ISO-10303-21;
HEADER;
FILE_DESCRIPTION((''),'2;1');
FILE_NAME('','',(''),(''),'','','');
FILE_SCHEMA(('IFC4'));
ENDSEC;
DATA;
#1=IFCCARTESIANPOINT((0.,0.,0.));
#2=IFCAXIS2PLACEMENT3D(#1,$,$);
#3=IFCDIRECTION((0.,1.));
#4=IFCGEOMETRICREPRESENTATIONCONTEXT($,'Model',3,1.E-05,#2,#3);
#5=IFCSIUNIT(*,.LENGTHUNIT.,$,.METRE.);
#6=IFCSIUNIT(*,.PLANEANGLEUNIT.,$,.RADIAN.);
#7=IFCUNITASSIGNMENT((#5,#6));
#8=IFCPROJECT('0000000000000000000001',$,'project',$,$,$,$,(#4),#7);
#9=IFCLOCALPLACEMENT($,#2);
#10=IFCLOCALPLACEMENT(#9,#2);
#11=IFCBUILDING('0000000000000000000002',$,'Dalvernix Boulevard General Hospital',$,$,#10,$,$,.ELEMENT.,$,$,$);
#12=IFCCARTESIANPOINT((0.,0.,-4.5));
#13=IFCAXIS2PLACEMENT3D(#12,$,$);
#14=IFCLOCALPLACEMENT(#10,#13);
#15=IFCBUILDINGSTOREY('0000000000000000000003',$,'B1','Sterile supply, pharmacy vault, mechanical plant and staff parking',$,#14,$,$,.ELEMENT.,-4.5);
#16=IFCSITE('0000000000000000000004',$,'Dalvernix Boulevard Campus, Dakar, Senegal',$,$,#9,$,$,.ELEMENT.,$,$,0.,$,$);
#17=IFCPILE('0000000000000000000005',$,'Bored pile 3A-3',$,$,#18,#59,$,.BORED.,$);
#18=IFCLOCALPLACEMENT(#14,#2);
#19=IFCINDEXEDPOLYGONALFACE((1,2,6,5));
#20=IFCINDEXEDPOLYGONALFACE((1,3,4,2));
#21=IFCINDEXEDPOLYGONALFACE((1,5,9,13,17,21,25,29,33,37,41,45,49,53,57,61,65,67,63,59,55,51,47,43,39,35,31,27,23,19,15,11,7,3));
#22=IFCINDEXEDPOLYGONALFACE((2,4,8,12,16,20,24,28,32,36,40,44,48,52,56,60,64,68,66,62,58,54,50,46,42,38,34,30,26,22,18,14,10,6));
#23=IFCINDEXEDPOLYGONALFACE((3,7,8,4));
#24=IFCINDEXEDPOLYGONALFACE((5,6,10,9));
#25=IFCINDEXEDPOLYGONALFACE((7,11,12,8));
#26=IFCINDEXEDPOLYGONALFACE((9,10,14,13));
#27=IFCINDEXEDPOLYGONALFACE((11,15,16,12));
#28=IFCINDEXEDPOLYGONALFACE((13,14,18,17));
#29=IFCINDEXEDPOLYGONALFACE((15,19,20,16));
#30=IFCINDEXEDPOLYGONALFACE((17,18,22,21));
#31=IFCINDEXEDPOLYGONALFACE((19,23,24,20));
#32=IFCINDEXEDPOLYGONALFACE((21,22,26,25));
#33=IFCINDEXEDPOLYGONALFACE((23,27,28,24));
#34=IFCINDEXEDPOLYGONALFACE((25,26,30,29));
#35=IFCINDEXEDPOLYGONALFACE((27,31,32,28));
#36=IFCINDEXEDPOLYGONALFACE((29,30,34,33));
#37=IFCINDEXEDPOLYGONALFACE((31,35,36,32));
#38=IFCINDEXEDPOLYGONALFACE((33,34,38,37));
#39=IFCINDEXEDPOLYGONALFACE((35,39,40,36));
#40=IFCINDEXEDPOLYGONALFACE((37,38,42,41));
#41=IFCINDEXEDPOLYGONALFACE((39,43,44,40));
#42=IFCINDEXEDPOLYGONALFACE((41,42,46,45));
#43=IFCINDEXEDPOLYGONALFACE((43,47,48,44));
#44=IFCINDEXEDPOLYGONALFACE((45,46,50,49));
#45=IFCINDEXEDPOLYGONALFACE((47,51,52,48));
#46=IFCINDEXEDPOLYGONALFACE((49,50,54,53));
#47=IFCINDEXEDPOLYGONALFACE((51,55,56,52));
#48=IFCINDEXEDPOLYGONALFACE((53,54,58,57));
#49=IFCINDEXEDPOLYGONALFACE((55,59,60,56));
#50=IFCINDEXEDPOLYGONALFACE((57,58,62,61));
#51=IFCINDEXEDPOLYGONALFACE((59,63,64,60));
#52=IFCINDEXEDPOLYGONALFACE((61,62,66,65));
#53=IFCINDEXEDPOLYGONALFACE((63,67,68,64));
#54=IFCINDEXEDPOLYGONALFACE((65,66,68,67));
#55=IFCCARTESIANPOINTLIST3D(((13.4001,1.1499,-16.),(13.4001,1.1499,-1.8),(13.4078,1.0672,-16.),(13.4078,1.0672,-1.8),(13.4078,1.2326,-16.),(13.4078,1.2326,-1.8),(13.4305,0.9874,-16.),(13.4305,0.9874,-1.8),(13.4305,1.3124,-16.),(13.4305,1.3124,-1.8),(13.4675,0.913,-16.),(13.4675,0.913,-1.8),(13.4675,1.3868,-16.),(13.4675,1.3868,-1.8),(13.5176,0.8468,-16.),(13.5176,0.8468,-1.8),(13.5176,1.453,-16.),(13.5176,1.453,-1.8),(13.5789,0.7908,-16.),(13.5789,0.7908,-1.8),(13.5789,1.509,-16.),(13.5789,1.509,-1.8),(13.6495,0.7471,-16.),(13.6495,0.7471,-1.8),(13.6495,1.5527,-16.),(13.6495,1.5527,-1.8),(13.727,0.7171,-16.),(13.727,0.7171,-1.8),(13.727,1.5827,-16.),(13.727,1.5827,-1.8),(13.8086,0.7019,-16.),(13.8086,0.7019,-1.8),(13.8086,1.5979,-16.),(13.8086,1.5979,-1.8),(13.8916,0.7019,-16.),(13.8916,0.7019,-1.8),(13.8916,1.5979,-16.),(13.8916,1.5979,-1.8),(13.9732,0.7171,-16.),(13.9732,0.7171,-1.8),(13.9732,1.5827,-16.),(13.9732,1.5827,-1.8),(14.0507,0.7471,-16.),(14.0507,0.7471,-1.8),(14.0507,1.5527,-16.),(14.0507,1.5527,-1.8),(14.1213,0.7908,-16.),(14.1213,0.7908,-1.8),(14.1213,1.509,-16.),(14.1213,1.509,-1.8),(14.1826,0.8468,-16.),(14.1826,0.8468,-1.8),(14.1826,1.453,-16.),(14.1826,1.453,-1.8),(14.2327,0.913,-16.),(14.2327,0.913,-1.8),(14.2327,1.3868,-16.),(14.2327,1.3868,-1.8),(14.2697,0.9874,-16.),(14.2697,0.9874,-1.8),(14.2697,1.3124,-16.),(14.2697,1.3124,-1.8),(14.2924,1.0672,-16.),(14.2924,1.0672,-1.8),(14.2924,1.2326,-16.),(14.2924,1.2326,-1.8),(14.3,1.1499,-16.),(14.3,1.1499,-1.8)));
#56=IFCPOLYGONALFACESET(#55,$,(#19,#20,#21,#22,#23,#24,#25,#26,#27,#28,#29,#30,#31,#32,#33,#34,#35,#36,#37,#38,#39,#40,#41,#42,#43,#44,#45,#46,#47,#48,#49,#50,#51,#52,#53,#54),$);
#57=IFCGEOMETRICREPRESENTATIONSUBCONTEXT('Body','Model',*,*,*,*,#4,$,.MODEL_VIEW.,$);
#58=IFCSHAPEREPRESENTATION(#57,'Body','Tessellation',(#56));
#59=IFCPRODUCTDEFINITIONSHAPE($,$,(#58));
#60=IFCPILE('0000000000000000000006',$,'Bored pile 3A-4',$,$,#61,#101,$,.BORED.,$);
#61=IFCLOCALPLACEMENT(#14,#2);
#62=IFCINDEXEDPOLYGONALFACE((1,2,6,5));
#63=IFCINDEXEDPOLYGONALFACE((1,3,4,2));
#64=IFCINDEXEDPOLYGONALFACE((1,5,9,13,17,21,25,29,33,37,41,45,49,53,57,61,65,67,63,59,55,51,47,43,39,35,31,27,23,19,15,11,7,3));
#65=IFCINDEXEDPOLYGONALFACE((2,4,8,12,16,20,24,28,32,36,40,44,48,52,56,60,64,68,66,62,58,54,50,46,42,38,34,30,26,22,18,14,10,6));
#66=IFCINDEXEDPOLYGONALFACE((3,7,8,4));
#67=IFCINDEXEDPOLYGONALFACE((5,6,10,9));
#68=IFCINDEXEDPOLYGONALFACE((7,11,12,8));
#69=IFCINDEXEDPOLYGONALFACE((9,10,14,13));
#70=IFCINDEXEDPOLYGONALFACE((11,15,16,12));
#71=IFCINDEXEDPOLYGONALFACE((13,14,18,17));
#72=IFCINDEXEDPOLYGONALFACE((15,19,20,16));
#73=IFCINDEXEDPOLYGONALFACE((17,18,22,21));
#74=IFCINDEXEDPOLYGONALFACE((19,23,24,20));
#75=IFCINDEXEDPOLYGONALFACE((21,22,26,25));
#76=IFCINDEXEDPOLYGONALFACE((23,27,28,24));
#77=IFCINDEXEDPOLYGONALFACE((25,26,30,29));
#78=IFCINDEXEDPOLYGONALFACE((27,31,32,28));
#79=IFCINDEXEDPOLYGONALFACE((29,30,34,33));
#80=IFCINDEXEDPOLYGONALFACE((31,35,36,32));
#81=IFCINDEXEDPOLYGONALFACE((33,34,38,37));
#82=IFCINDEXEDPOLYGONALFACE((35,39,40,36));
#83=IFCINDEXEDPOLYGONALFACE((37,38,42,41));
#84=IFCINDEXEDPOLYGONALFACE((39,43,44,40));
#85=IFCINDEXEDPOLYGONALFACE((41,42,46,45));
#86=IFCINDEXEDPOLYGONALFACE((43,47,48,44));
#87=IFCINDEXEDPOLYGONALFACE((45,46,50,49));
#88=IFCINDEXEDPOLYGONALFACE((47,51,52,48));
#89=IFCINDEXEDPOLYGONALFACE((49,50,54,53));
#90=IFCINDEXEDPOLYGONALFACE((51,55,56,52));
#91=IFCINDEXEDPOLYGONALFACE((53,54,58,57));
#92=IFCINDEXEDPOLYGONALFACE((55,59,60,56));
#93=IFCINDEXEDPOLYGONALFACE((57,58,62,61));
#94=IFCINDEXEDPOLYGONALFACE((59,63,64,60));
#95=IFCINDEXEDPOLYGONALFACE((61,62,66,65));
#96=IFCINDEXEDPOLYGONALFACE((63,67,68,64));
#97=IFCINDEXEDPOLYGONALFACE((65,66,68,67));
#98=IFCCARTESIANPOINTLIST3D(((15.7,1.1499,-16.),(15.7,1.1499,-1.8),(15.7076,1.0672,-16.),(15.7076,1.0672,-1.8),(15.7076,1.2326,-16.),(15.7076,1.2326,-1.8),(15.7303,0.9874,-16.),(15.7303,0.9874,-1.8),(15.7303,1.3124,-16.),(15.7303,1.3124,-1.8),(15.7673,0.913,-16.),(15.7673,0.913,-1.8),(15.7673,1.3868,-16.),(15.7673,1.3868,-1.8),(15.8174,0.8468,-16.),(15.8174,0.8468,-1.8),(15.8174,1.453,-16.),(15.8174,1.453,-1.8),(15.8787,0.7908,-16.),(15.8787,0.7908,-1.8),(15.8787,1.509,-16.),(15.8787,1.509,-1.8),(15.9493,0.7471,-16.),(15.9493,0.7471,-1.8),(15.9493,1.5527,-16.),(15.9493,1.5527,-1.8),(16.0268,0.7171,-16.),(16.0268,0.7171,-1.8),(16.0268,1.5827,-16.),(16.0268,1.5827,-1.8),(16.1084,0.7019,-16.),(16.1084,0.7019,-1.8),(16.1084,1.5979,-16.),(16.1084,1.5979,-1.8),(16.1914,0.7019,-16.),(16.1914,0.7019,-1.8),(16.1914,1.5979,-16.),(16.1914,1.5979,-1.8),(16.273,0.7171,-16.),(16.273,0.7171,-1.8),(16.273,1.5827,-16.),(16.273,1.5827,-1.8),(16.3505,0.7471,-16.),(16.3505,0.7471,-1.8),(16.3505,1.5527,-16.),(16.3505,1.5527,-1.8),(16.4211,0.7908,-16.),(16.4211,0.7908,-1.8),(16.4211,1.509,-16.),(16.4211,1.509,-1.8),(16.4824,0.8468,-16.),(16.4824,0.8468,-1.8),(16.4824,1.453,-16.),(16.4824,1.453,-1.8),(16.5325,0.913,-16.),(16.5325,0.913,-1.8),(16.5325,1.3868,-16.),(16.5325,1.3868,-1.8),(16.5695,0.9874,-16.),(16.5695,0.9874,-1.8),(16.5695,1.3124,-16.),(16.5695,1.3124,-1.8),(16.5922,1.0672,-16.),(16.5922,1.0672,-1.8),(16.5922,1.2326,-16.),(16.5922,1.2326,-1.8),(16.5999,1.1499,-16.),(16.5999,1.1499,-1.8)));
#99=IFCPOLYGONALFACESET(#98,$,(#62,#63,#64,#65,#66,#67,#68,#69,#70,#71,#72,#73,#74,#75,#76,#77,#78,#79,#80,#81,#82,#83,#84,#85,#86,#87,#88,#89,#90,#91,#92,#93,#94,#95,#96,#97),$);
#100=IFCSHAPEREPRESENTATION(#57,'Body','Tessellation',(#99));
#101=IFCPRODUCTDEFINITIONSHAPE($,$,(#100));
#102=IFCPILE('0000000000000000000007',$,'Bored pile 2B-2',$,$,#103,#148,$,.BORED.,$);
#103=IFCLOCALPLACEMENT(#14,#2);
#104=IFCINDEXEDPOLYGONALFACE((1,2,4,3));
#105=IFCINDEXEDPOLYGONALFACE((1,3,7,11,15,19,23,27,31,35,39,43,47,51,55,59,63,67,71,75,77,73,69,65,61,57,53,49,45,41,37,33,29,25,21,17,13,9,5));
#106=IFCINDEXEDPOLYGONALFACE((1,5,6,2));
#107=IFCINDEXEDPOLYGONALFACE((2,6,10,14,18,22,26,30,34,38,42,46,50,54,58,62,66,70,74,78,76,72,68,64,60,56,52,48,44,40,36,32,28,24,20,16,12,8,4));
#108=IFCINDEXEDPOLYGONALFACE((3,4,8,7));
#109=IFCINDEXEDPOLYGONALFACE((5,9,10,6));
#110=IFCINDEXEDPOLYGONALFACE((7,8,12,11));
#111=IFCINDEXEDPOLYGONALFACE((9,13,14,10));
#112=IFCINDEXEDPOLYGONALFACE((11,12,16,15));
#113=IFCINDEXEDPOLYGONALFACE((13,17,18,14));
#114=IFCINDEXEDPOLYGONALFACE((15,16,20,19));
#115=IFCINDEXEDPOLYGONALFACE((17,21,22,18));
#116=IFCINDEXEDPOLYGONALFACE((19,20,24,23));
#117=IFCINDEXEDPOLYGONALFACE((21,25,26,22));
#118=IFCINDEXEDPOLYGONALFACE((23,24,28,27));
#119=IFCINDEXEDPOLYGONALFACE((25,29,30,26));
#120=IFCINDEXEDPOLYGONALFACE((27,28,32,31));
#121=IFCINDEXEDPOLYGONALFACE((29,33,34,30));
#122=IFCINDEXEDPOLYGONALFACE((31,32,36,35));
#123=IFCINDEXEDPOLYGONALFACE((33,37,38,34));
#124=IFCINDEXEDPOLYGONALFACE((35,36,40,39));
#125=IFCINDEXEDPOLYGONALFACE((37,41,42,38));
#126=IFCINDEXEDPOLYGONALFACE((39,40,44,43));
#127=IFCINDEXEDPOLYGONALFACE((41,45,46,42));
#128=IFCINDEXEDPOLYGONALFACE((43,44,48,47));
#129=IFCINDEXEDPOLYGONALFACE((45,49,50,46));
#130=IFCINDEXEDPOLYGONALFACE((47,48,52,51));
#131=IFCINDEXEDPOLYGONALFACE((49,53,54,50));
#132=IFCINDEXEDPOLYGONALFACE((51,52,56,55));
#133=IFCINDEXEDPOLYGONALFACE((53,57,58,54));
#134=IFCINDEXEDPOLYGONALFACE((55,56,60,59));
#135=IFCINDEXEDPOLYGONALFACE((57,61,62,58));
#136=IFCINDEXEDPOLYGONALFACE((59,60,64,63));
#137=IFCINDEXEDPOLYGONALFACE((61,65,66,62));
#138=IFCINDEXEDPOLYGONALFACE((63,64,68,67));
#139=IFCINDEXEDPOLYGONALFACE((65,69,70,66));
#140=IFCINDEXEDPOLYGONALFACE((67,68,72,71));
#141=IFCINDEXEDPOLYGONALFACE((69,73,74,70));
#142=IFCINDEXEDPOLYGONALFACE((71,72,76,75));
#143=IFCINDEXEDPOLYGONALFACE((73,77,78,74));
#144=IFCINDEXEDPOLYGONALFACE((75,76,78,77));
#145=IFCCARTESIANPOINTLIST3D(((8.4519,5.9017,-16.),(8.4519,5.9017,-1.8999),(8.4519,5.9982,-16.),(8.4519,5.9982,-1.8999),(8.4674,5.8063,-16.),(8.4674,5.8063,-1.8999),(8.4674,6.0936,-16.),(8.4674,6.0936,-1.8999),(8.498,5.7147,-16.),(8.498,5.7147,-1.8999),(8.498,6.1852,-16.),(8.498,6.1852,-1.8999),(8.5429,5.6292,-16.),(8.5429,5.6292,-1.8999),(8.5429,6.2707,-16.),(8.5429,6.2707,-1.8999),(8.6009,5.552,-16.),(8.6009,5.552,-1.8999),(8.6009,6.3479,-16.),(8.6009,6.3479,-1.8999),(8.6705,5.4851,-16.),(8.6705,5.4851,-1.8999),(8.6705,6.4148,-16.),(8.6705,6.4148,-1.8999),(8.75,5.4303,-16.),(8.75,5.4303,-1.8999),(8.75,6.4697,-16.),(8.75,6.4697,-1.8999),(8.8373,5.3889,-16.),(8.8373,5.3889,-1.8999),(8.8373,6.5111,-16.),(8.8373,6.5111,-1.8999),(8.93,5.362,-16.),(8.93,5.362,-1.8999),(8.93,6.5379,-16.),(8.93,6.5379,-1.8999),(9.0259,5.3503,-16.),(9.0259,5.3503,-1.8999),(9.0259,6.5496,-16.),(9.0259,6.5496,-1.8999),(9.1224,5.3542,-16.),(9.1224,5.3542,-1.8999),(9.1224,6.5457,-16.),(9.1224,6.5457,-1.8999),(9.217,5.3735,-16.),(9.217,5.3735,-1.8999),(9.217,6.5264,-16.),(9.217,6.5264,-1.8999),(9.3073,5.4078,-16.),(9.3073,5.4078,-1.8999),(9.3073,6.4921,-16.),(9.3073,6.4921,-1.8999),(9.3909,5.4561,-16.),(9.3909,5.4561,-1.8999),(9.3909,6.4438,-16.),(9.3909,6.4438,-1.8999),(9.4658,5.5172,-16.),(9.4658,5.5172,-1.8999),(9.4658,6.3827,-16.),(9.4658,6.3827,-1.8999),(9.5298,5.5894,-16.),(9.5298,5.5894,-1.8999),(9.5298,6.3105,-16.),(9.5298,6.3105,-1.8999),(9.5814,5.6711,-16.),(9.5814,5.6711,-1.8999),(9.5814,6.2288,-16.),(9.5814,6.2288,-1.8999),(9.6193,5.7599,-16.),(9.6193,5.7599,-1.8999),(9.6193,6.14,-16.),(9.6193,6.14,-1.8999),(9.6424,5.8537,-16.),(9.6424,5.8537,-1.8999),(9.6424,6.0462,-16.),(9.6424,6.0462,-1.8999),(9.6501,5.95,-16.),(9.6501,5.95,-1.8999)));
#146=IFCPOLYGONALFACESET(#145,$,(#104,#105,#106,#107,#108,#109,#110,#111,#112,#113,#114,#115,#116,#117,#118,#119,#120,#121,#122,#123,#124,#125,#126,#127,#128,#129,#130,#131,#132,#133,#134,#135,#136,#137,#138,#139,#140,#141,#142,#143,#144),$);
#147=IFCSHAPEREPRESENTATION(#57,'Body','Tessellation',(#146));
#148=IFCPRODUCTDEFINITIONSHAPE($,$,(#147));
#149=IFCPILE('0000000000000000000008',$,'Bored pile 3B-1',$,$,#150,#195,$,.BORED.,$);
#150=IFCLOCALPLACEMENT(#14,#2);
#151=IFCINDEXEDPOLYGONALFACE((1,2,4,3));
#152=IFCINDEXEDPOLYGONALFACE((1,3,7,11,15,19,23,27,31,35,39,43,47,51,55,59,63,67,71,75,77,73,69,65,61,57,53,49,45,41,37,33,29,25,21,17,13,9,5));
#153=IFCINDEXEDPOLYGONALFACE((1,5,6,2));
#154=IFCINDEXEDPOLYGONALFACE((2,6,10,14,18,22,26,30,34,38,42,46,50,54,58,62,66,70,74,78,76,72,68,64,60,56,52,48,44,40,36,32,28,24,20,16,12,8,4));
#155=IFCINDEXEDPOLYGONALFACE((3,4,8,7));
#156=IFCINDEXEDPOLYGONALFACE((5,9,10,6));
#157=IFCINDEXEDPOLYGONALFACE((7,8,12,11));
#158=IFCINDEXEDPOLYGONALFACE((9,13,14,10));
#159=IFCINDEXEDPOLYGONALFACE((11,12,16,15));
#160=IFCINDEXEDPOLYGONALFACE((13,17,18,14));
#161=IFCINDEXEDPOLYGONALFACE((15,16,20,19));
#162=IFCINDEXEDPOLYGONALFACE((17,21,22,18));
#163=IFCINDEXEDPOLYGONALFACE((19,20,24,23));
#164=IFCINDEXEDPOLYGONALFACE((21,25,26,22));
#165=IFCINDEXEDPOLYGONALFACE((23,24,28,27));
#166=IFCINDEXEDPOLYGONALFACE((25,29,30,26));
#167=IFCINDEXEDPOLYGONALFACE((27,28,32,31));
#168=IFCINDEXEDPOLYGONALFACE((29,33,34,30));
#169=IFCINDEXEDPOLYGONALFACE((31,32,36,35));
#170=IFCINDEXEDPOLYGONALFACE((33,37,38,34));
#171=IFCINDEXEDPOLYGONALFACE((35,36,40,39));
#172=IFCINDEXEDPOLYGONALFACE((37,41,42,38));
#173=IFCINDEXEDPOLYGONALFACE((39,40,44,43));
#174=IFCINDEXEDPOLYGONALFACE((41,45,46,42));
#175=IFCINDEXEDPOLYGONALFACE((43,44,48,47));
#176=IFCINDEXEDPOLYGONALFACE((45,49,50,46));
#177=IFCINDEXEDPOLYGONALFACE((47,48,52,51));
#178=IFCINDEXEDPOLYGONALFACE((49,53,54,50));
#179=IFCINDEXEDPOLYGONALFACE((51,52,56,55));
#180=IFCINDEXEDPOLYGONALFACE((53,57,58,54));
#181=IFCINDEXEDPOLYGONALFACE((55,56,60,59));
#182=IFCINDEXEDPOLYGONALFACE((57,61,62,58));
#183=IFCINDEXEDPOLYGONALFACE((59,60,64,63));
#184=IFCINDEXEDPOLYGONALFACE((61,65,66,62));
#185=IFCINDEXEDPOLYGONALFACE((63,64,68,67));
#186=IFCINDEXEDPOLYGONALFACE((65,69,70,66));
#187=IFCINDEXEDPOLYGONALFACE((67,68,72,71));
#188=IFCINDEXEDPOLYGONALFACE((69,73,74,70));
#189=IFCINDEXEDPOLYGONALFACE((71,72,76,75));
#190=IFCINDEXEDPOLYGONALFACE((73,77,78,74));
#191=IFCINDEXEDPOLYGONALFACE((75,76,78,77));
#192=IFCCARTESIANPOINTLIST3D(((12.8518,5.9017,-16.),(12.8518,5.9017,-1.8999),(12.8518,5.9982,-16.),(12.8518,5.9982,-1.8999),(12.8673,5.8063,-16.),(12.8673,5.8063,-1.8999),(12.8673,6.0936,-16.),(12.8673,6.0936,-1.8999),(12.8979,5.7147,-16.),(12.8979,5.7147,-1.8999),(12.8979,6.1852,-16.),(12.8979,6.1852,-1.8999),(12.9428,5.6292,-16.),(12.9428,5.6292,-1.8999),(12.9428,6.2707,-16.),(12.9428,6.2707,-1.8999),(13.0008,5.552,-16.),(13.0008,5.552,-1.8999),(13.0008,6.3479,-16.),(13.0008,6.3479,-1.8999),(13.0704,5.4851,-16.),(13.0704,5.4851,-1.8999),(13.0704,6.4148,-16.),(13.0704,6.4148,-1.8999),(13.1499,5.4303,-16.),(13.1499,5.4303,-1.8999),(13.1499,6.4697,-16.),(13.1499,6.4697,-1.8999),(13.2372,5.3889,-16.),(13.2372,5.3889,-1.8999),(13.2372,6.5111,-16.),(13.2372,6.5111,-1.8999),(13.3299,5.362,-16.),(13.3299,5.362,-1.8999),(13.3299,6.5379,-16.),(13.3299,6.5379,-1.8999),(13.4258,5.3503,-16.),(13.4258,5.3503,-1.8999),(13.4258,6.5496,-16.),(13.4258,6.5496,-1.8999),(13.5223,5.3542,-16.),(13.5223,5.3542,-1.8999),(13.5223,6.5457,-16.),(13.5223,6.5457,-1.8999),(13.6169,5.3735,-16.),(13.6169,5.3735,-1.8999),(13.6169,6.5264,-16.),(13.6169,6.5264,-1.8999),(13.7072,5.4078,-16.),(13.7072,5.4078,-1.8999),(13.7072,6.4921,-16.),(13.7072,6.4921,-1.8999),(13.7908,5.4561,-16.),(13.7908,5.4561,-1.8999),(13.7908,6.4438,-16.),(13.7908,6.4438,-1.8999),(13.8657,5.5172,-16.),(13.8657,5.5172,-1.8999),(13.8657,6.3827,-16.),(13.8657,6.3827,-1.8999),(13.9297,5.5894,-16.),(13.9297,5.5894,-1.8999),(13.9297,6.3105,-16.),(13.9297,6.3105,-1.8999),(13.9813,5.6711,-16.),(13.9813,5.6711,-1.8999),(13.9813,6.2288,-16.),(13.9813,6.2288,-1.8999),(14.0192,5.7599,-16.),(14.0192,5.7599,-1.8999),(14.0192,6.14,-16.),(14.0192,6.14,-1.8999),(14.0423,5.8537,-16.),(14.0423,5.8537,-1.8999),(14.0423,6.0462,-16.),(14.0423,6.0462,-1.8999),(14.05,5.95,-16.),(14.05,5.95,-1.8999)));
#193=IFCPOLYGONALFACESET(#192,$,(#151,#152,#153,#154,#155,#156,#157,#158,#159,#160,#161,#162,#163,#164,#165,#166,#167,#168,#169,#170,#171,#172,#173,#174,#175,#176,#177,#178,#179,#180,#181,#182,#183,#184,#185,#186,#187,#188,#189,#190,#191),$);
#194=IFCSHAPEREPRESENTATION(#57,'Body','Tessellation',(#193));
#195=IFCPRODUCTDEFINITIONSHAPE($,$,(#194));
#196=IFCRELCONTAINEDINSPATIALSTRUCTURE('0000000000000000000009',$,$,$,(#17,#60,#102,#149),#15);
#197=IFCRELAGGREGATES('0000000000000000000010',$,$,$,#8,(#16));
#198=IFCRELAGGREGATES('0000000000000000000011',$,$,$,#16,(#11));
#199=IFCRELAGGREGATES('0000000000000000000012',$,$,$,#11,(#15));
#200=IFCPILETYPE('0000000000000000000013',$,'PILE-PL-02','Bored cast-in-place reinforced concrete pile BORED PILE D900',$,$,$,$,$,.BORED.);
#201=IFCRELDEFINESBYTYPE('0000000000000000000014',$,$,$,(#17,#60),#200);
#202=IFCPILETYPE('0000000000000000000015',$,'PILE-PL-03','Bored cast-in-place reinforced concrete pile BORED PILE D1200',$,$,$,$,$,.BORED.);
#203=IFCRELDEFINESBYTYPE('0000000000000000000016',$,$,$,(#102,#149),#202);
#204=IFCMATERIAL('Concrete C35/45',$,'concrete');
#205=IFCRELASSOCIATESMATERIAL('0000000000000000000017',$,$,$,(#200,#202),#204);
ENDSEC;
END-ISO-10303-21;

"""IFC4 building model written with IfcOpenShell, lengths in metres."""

from ifc_helpers import new_model, si_unit, direction, frame, origin, origin_2d, place, context, subcontext, project, spatial, circle, extrude, material, material_profile, profile_set, type_object, element, save


model = new_model("IFC4")

# Units and contexts
model_context = context("Model", 3, precision=1e-05, world=origin(), true_north=direction((0.0, 1.0)))
body_context = subcontext(model_context, "Body", "Model", "MODEL_VIEW")
ifc_project = project(units=[si_unit("LENGTHUNIT", "METRE"), si_unit("PLANEANGLEUNIT", "RADIAN")], contexts=[model_context])

# Site, building, storey
site_placement = place(None, origin())
site = spatial("IfcSite", under=ifc_project, at=site_placement, Name="Dalvernix Boulevard Campus, Dakar, Senegal", CompositionType="ELEMENT", RefElevation=0.0)
building_placement = place(site_placement, origin())
building = spatial("IfcBuilding", under=site, at=building_placement, Name="Dalvernix Boulevard General Hospital", CompositionType="ELEMENT")
storey_placement = place(building_placement, frame((0.0, 0.0, -4.5)))
storey = spatial("IfcBuildingStorey", under=building, at=storey_placement, Name="B1", Description="Sterile supply, pharmacy vault, mechanical plant and staff parking", CompositionType="ELEMENT", Elevation=-4.5)

# Shared definitions
ifc_material_1 = material(Name="Concrete C35/45", Category="concrete")

# Piles
ifc_material_profile_1 = material_profile(ifc_material_1, circle(Radius=0.45, at=origin_2d()), Name="BORED PILE D900")
ifc_profile_set_1 = profile_set([ifc_material_profile_1], Name="Concrete C35/45")
pile_type_1 = type_object("IfcPileType", Name="PILE-PL-02", Description="Bored cast-in-place reinforced concrete pile BORED PILE D900", PredefinedType="BORED", material=ifc_profile_set_1)
for number, where, z_axis, x_axis, name in (
    (1, (13.8501, 1.1499, -1.8), (0.0, 0.0, -1.0), (1.0, 0.0, 0.0), "Bored pile 3A-3"),
    (2, (16.1499, 1.1499, -1.8), (0.0, 0.0, -1.0), (1.0, 0.0, 0.0), "Bored pile 3A-4"),
):
    element("IfcPile", number, at=place(storey_placement, frame(where, z_axis=z_axis, x_axis=x_axis)), inside=storey, type_object=pile_type_1, Name=name, PredefinedType="BORED", context=body_context, shape_type="SweptSolid", body=[
        extrude(circle(Radius=0.45, at=origin_2d()), origin(), (0.0, 0.0, 1.0), 14.2),
    ])
ifc_material_profile_2 = material_profile(ifc_material_1, circle(Radius=0.6001, at=origin_2d()), Name="BORED PILE D1200")
ifc_profile_set_2 = profile_set([ifc_material_profile_2], Name="Concrete C35/45")
pile_type_2 = type_object("IfcPileType", Name="PILE-PL-03", Description="Bored cast-in-place reinforced concrete pile BORED PILE D1200", PredefinedType="BORED", material=ifc_profile_set_2)
for number, where, z_axis, x_axis, name in (
    (3, (9.05, 5.95, -1.8999), (0.0, 0.0, -1.0), (1.0, 0.0, 0.0), "Bored pile 2B-2"),
    (4, (13.45, 5.95, -1.8999), (0.0, 0.0, -1.0), (1.0, 0.0, 0.0), "Bored pile 3B-1"),
):
    element("IfcPile", number, at=place(storey_placement, frame(where, z_axis=z_axis, x_axis=x_axis)), inside=storey, type_object=pile_type_2, Name=name, PredefinedType="BORED", context=body_context, shape_type="SweptSolid", body=[
        extrude(circle(Radius=0.6001, at=origin_2d()), origin(), (0.0, 0.0, 1.0), 14.1001),
    ])

save(model, "model.ifc")
